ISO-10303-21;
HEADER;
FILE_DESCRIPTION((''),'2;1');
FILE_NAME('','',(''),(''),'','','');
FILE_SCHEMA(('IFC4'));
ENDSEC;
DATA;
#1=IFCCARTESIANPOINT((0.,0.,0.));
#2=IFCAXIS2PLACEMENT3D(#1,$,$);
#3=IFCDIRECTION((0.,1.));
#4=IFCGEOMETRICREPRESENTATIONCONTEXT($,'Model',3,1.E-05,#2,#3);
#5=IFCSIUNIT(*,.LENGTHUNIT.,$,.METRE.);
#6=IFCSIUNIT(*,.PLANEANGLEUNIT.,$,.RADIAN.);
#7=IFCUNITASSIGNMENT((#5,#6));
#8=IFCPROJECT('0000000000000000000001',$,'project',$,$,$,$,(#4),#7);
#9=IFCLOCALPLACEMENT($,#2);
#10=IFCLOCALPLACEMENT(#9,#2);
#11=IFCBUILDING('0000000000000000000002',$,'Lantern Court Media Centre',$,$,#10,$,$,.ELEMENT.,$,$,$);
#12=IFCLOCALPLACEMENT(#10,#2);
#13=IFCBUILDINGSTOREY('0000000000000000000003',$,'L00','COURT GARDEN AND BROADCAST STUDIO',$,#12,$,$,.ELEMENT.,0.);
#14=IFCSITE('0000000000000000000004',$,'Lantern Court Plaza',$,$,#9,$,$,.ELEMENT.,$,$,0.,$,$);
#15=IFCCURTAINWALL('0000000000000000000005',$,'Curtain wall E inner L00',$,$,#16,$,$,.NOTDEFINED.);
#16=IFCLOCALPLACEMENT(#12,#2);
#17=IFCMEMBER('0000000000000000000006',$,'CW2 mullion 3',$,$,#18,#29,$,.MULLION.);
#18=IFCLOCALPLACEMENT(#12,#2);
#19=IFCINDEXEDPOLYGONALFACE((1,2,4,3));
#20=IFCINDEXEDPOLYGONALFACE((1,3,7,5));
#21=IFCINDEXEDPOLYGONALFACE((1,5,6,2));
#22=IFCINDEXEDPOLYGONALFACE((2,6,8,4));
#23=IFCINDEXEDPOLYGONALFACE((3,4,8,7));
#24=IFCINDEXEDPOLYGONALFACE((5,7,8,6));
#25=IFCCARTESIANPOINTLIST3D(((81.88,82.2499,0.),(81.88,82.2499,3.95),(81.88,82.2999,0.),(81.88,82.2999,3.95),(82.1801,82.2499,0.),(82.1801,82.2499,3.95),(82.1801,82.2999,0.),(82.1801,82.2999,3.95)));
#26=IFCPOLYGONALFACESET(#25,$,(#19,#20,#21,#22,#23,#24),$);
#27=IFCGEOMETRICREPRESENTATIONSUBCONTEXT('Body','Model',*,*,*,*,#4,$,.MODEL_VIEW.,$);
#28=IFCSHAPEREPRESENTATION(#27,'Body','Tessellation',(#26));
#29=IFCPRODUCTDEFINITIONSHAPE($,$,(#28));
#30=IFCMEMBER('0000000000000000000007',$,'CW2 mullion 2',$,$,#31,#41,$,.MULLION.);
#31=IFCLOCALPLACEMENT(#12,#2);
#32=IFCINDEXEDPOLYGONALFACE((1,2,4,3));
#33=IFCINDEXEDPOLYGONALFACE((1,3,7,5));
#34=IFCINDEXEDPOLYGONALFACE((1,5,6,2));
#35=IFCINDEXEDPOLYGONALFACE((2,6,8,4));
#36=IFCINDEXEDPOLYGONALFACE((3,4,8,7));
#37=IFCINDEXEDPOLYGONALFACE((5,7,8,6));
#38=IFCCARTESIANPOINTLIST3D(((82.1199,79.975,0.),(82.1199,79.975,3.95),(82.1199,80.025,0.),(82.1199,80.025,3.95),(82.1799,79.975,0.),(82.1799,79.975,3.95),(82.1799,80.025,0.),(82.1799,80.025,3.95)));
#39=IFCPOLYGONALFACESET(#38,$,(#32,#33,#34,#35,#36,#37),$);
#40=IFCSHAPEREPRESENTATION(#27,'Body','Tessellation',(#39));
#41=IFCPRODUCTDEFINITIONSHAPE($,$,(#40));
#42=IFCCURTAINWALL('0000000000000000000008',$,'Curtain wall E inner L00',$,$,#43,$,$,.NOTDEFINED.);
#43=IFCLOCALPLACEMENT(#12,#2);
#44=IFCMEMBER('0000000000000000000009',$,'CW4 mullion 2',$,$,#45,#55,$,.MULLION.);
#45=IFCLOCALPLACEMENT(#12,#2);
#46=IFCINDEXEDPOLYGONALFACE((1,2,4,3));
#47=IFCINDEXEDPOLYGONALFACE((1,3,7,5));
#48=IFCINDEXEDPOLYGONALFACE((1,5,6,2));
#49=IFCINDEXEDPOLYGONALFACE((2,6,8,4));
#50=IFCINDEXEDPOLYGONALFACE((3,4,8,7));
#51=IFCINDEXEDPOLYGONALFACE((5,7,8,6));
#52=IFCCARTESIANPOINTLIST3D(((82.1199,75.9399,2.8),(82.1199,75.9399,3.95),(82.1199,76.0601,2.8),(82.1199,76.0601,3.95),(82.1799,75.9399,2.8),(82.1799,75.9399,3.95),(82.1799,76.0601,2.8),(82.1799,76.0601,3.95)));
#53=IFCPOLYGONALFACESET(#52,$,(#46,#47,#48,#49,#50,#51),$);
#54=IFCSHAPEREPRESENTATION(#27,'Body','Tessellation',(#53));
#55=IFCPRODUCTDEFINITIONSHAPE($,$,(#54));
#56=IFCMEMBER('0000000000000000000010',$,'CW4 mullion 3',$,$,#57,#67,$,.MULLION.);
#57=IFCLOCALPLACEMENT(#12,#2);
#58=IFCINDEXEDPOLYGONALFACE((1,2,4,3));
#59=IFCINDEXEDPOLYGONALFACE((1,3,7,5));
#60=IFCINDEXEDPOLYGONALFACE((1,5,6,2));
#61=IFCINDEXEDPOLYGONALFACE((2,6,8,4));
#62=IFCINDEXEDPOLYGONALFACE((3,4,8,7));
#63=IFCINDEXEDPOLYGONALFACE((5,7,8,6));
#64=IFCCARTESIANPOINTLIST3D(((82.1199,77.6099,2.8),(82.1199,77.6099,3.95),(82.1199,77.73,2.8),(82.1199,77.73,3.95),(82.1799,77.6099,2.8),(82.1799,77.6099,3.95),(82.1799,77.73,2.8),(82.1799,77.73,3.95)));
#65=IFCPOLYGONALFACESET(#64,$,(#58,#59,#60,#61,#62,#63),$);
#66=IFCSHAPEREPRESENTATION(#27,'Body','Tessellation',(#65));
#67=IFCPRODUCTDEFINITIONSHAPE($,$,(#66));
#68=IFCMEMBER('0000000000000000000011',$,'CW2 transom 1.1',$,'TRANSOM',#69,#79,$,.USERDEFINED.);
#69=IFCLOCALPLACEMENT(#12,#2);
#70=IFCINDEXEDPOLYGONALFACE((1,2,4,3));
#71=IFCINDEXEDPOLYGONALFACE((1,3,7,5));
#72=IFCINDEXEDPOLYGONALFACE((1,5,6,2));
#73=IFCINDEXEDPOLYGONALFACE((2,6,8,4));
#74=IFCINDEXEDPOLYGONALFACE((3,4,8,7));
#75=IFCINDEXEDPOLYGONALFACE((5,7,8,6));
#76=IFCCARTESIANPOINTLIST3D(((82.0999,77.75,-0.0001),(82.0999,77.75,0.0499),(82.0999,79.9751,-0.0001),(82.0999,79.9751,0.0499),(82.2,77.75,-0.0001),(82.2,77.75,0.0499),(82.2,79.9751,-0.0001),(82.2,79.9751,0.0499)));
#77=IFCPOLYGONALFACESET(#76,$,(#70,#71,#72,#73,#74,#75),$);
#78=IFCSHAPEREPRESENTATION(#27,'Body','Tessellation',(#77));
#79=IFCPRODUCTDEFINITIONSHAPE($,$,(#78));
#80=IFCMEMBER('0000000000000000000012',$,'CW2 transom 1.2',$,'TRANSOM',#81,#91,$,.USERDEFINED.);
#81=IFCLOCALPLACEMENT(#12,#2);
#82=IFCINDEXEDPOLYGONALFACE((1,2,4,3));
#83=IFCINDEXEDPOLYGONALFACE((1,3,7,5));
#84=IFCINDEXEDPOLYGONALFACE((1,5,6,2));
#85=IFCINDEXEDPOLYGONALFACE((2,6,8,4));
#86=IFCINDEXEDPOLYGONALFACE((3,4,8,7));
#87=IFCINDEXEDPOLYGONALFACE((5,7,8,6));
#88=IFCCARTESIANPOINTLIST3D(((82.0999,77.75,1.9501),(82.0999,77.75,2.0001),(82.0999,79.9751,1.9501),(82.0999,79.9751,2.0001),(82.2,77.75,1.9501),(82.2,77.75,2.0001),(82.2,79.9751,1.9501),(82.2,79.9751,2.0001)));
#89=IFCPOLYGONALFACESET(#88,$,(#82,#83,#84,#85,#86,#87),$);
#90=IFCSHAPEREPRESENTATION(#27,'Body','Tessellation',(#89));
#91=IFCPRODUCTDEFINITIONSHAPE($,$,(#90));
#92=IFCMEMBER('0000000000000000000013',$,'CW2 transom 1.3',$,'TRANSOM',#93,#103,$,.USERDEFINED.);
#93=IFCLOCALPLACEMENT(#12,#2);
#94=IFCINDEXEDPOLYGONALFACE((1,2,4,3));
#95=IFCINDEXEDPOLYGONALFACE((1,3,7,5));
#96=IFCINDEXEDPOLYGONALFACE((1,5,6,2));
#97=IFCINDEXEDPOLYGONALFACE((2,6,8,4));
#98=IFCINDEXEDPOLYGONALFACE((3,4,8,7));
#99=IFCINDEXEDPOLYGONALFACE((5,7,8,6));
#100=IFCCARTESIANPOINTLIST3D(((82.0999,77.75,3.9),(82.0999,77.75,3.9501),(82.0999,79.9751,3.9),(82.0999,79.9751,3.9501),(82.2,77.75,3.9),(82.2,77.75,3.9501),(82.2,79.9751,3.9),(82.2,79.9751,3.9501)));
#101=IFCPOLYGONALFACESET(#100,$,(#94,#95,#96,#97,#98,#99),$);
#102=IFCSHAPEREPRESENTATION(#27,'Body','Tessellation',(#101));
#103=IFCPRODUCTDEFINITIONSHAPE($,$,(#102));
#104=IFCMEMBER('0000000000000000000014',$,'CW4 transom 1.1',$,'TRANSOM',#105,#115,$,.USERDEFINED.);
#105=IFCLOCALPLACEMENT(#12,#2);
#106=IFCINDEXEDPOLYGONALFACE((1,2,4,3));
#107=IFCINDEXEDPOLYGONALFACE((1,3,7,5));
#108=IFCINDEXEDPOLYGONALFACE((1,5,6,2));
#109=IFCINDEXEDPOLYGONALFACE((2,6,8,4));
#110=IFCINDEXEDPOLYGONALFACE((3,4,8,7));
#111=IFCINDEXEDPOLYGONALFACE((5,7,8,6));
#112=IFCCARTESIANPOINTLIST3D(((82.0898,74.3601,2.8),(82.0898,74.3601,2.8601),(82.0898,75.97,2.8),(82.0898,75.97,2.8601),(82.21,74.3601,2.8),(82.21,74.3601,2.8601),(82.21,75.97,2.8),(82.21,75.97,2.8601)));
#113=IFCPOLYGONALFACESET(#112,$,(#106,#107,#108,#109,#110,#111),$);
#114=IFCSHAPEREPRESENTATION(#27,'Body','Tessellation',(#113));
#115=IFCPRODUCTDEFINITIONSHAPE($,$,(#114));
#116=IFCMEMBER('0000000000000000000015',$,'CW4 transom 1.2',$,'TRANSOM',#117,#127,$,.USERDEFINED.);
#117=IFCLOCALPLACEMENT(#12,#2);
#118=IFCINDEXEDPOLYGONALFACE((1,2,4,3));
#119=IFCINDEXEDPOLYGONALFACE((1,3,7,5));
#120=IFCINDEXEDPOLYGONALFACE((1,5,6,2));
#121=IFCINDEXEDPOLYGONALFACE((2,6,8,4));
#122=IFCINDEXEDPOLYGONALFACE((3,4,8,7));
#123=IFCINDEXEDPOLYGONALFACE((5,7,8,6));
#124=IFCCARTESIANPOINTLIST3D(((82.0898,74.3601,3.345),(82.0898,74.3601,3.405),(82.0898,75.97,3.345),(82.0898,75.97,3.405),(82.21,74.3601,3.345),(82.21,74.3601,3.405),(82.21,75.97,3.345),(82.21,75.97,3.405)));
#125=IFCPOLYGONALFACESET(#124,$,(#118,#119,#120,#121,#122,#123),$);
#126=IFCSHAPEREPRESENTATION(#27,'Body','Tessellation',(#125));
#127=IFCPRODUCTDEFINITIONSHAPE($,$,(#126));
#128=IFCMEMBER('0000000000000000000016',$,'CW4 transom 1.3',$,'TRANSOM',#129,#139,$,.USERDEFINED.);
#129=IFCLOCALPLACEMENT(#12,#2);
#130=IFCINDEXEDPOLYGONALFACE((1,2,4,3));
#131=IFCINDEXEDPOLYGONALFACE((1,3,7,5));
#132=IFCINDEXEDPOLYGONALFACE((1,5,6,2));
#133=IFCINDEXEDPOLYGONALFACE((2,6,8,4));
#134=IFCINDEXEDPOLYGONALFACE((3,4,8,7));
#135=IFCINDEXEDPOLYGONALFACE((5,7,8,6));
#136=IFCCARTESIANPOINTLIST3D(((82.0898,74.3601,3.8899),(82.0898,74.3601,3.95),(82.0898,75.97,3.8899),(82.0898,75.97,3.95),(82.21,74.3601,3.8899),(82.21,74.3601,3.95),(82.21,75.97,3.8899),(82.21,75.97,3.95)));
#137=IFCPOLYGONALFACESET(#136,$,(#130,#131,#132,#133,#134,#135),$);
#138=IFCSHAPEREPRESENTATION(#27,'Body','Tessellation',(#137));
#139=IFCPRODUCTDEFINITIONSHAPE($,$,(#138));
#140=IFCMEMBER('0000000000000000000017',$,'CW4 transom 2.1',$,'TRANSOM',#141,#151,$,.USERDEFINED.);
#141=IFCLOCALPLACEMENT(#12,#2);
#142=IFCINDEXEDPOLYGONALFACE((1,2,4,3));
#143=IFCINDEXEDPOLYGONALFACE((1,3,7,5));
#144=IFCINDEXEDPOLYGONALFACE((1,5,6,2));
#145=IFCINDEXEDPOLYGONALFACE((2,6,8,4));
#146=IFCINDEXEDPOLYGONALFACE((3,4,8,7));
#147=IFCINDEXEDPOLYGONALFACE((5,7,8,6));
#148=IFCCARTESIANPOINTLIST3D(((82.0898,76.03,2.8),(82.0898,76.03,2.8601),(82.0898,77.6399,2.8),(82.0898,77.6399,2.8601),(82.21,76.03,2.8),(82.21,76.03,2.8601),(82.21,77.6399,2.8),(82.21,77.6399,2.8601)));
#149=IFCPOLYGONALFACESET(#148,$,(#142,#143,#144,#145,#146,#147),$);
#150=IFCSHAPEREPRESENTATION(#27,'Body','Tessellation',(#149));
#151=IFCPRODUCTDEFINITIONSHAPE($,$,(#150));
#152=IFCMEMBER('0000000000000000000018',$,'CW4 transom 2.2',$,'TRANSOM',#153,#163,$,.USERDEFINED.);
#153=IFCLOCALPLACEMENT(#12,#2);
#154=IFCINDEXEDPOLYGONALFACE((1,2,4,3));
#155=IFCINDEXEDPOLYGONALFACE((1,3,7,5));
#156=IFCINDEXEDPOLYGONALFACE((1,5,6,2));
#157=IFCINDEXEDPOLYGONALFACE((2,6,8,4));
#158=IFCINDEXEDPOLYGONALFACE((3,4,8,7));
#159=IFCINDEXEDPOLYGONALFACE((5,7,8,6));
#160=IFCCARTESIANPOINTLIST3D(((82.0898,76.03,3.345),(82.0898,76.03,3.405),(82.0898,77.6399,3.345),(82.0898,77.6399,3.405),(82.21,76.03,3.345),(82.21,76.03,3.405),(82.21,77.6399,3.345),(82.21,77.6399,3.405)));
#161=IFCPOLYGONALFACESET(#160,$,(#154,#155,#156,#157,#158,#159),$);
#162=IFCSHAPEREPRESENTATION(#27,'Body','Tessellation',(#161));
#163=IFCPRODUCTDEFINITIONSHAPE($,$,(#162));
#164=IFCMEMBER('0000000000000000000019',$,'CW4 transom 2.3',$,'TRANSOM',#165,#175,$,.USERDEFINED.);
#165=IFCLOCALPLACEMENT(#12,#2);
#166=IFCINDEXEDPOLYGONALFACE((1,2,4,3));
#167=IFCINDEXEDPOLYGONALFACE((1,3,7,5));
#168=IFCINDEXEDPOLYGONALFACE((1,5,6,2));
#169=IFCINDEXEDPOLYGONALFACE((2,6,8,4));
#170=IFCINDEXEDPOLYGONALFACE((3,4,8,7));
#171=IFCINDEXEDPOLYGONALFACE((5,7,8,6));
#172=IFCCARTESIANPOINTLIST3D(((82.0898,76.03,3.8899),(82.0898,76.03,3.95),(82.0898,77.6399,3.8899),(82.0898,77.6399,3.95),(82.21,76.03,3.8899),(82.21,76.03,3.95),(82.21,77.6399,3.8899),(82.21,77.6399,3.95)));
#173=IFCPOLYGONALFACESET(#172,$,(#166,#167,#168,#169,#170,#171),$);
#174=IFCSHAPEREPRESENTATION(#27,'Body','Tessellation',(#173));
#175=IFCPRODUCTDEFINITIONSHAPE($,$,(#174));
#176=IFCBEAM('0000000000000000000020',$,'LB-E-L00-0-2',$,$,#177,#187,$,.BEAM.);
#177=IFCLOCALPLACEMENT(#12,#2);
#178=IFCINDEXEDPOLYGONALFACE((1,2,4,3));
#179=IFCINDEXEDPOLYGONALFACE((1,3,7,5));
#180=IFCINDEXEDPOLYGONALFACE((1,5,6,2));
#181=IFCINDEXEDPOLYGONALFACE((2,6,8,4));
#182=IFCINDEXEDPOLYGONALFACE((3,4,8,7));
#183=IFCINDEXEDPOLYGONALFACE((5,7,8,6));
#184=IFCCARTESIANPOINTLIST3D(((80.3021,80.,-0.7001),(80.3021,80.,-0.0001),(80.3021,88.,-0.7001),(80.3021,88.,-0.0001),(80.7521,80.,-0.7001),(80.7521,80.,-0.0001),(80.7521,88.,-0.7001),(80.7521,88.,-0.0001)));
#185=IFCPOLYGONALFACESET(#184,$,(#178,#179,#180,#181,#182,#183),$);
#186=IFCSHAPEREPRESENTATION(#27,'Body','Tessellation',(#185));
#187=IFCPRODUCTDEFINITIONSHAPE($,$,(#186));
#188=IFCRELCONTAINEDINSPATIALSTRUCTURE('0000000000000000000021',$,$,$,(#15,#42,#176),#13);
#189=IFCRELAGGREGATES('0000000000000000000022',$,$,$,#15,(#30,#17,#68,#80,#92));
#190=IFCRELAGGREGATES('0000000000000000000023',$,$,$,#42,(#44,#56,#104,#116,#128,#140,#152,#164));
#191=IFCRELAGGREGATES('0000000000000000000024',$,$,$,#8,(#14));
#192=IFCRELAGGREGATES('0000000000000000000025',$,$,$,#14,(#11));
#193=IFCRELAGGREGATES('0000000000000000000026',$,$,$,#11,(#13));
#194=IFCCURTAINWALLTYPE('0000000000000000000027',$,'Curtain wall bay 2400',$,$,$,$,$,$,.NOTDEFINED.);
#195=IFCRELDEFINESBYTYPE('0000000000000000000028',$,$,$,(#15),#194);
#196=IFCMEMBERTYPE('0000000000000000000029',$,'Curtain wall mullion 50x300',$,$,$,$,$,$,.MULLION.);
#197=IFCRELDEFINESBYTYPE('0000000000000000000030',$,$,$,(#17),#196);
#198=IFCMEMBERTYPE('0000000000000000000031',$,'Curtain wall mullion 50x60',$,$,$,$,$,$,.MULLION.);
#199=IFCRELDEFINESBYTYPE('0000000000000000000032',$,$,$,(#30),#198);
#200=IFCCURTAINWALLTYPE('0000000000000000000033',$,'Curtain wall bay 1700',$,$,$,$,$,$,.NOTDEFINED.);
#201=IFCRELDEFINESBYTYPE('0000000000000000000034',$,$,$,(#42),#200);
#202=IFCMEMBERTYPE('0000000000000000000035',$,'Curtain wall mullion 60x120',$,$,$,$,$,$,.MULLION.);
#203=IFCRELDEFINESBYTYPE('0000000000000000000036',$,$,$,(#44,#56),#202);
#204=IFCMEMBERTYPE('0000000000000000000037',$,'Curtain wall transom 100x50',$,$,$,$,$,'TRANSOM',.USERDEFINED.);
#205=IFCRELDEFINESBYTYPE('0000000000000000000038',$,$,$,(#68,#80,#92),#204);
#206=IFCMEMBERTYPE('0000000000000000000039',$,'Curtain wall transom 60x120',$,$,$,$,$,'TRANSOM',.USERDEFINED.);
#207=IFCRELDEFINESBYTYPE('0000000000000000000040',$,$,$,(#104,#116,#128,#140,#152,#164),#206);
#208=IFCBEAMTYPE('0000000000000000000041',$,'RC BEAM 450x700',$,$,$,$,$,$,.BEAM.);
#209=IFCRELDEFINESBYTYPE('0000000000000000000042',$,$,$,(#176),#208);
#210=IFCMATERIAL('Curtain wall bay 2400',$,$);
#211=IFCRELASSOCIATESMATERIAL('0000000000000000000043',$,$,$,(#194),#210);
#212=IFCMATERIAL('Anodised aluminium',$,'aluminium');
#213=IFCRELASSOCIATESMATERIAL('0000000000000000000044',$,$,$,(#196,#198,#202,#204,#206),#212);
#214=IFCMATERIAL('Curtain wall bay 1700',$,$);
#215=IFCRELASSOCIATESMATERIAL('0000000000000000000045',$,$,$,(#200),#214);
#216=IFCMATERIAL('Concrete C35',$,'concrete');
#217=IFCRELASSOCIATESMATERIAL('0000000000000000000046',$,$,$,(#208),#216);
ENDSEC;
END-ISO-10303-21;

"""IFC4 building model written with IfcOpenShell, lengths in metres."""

from ifc_helpers import new_model, si_unit, direction, frame, origin, origin_2d, place, context, subcontext, project, spatial, rectangle, extrude, material, material_profile, profile_set, type_object, element, aggregate, save


model = new_model("IFC4")

# Units and contexts
model_context = context("Model", 3, precision=1e-05, world=origin(), true_north=direction((0.0, 1.0)))
body_context = subcontext(model_context, "Body", "Model", "MODEL_VIEW")
ifc_project = project(units=[si_unit("LENGTHUNIT", "METRE"), si_unit("PLANEANGLEUNIT", "RADIAN")], contexts=[model_context])

# Site, building, storey
site_placement = place(None, origin())
site = spatial("IfcSite", under=ifc_project, at=site_placement, Name="Lantern Court Plaza", CompositionType="ELEMENT", RefElevation=0.0)
building_placement = place(site_placement, origin())
building = spatial("IfcBuilding", under=site, at=building_placement, Name="Lantern Court Media Centre", CompositionType="ELEMENT")
storey_placement = place(building_placement, origin())
storey = spatial("IfcBuildingStorey", under=building, at=storey_placement, Name="L00", Description="COURT GARDEN AND BROADCAST STUDIO", CompositionType="ELEMENT", Elevation=0.0)

# Shared definitions
ifc_material_1 = material(Name="Concrete C35", Category="concrete")

# Curtain walls, members
ifc_material_2 = material(Name="Curtain wall bay 2400")
curtain_wall_type_1 = type_object("IfcCurtainWallType", Name="Curtain wall bay 2400", PredefinedType="NOTDEFINED", material=ifc_material_2)
curtain_wall_1_placement = place(storey_placement, origin())
curtain_wall_1 = element("IfcCurtainWall", 1, at=curtain_wall_1_placement, inside=storey, type_object=curtain_wall_type_1, Name="Curtain wall E inner L00", PredefinedType="NOTDEFINED")
ifc_material_3 = material(Name="Anodised aluminium", Category="aluminium")
ifc_material_profile_1 = material_profile(ifc_material_3, rectangle(XDim=0.3, YDim=0.05, at=origin_2d()), Name="AL 50x300")
ifc_profile_set_1 = profile_set([ifc_material_profile_1], Name="Anodised aluminium")
member_type_1 = type_object("IfcMemberType", Name="Curtain wall mullion 50x300", PredefinedType="MULLION", material=ifc_profile_set_1)
member_1_placement = place(storey_placement, frame((82.03, 82.2749, 0.0), z_axis=(0.0, 0.0, 1.0), x_axis=(-1.0, 0.0, 0.0)))
member_1 = element("IfcMember", 2, at=member_1_placement, type_object=member_type_1, Name="CW2 mullion 3", PredefinedType="MULLION", context=body_context, shape_type="SweptSolid", body=[
    extrude(rectangle(XDim=0.3, YDim=0.05, at=origin_2d()), origin(), (0.0, 0.0, 1.0), 3.95),
])
ifc_material_profile_2 = material_profile(ifc_material_3, rectangle(XDim=0.0601, YDim=0.05, at=origin_2d()), Name="AL 50x60")
ifc_profile_set_2 = profile_set([ifc_material_profile_2], Name="Anodised aluminium")
member_type_2 = type_object("IfcMemberType", Name="Curtain wall mullion 50x60", PredefinedType="MULLION", material=ifc_profile_set_2)
member_2_placement = place(storey_placement, frame((82.1499, 80.0, 0.0), z_axis=(0.0, 0.0, 1.0), x_axis=(-1.0, 0.0, 0.0)))
member_2 = element("IfcMember", 3, at=member_2_placement, type_object=member_type_2, Name="CW2 mullion 2", PredefinedType="MULLION", context=body_context, shape_type="SweptSolid", body=[
    extrude(rectangle(XDim=0.0601, YDim=0.05, at=origin_2d()), origin(), (0.0, 0.0, 1.0), 3.95),
])
ifc_material_4 = material(Name="Curtain wall bay 1700")
curtain_wall_type_2 = type_object("IfcCurtainWallType", Name="Curtain wall bay 1700", PredefinedType="NOTDEFINED", material=ifc_material_4)
curtain_wall_2_placement = place(storey_placement, origin())
curtain_wall_2 = element("IfcCurtainWall", 4, at=curtain_wall_2_placement, inside=storey, type_object=curtain_wall_type_2, Name="Curtain wall E inner L00", PredefinedType="NOTDEFINED")
ifc_material_profile_3 = material_profile(ifc_material_3, rectangle(XDim=0.0601, YDim=0.1201, at=origin_2d()), Name="AL 60x120")
ifc_profile_set_3 = profile_set([ifc_material_profile_3], Name="Anodised aluminium")
member_type_3 = type_object("IfcMemberType", Name="Curtain wall mullion 60x120", PredefinedType="MULLION", material=ifc_profile_set_3)
member_3_placement = place(storey_placement, frame((82.1499, 76.0, 2.8), z_axis=(0.0, 0.0, 1.0), x_axis=(-1.0, 0.0, 0.0)))
member_3 = element("IfcMember", 5, at=member_3_placement, type_object=member_type_3, Name="CW4 mullion 2", PredefinedType="MULLION", context=body_context, shape_type="SweptSolid", body=[
    extrude(rectangle(XDim=0.0601, YDim=0.1201, at=origin_2d()), origin(), (0.0, 0.0, 1.0), 1.1499),
])
member_4_placement = place(storey_placement, frame((82.1499, 77.6699, 2.8), z_axis=(0.0, 0.0, 1.0), x_axis=(-1.0, 0.0, 0.0)))
member_4 = element("IfcMember", 6, at=member_4_placement, type_object=member_type_3, Name="CW4 mullion 3", PredefinedType="MULLION", context=body_context, shape_type="SweptSolid", body=[
    extrude(rectangle(XDim=0.0601, YDim=0.1201, at=origin_2d()), origin(), (0.0, 0.0, 1.0), 1.1499),
])

# Members
ifc_material_profile_4 = material_profile(ifc_material_3, rectangle(XDim=0.1001, YDim=0.05, at=origin_2d()), Name="AL 50x100")
ifc_profile_set_4 = profile_set([ifc_material_profile_4], Name="Anodised aluminium")
member_type_4 = type_object("IfcMemberType", Name="Curtain wall transom 100x50", ElementType="TRANSOM", PredefinedType="USERDEFINED", material=ifc_profile_set_4)
member_5_placement = place(storey_placement, frame((82.1499, 77.75, 0.0249), z_axis=(0.0, 1.0, 0.0), x_axis=(-1.0, 0.0, 0.0)))
member_5 = element("IfcMember", 7, at=member_5_placement, type_object=member_type_4, Name="CW2 transom 1.1", ObjectType="TRANSOM", PredefinedType="USERDEFINED", context=body_context, shape_type="SweptSolid", body=[
    extrude(rectangle(XDim=0.1001, YDim=0.05, at=origin_2d()), origin(), (0.0, 0.0, 1.0), 2.2251),
])
member_6_placement = place(storey_placement, frame((82.1499, 77.75, 1.9751), z_axis=(0.0, 1.0, 0.0), x_axis=(-1.0, 0.0, 0.0)))
member_6 = element("IfcMember", 8, at=member_6_placement, type_object=member_type_4, Name="CW2 transom 1.2", ObjectType="TRANSOM", PredefinedType="USERDEFINED", context=body_context, shape_type="SweptSolid", body=[
    extrude(rectangle(XDim=0.1001, YDim=0.05, at=origin_2d()), origin(), (0.0, 0.0, 1.0), 2.2251),
])
member_7_placement = place(storey_placement, frame((82.1499, 77.75, 3.925), z_axis=(0.0, 1.0, 0.0), x_axis=(-1.0, 0.0, 0.0)))
member_7 = element("IfcMember", 9, at=member_7_placement, type_object=member_type_4, Name="CW2 transom 1.3", ObjectType="TRANSOM", PredefinedType="USERDEFINED", context=body_context, shape_type="SweptSolid", body=[
    extrude(rectangle(XDim=0.1001, YDim=0.05, at=origin_2d()), origin(), (0.0, 0.0, 1.0), 2.2251),
])
ifc_material_profile_5 = material_profile(ifc_material_3, rectangle(XDim=0.1201, YDim=0.0601, at=origin_2d()), Name="AL 60x120")
ifc_profile_set_5 = profile_set([ifc_material_profile_5], Name="Anodised aluminium")
member_type_5 = type_object("IfcMemberType", Name="Curtain wall transom 60x120", ElementType="TRANSOM", PredefinedType="USERDEFINED", material=ifc_profile_set_5)
member_8_placement = place(storey_placement, frame((82.1499, 74.3601, 2.8301), z_axis=(0.0, 1.0, 0.0), x_axis=(-1.0, 0.0, 0.0)))
member_8 = element("IfcMember", 10, at=member_8_placement, type_object=member_type_5, Name="CW4 transom 1.1", ObjectType="TRANSOM", PredefinedType="USERDEFINED", context=body_context, shape_type="SweptSolid", body=[
    extrude(rectangle(XDim=0.1201, YDim=0.0601, at=origin_2d()), origin(), (0.0, 0.0, 1.0), 1.6099),
])
member_9_placement = place(storey_placement, frame((82.1499, 74.3601, 3.375), z_axis=(0.0, 1.0, 0.0), x_axis=(-1.0, 0.0, 0.0)))
member_9 = element("IfcMember", 11, at=member_9_placement, type_object=member_type_5, Name="CW4 transom 1.2", ObjectType="TRANSOM", PredefinedType="USERDEFINED", context=body_context, shape_type="SweptSolid", body=[
    extrude(rectangle(XDim=0.1201, YDim=0.0601, at=origin_2d()), origin(), (0.0, 0.0, 1.0), 1.6099),
])
member_10_placement = place(storey_placement, frame((82.1499, 74.3601, 3.9199), z_axis=(0.0, 1.0, 0.0), x_axis=(-1.0, 0.0, 0.0)))
member_10 = element("IfcMember", 12, at=member_10_placement, type_object=member_type_5, Name="CW4 transom 1.3", ObjectType="TRANSOM", PredefinedType="USERDEFINED", context=body_context, shape_type="SweptSolid", body=[
    extrude(rectangle(XDim=0.1201, YDim=0.0601, at=origin_2d()), origin(), (0.0, 0.0, 1.0), 1.6099),
])
member_11_placement = place(storey_placement, frame((82.1499, 76.03, 2.8301), z_axis=(0.0, 1.0, 0.0), x_axis=(-1.0, 0.0, 0.0)))
member_11 = element("IfcMember", 13, at=member_11_placement, type_object=member_type_5, Name="CW4 transom 2.1", ObjectType="TRANSOM", PredefinedType="USERDEFINED", context=body_context, shape_type="SweptSolid", body=[
    extrude(rectangle(XDim=0.1201, YDim=0.0601, at=origin_2d()), origin(), (0.0, 0.0, 1.0), 1.6099),
])
member_12_placement = place(storey_placement, frame((82.1499, 76.03, 3.375), z_axis=(0.0, 1.0, 0.0), x_axis=(-1.0, 0.0, 0.0)))
member_12 = element("IfcMember", 14, at=member_12_placement, type_object=member_type_5, Name="CW4 transom 2.2", ObjectType="TRANSOM", PredefinedType="USERDEFINED", context=body_context, shape_type="SweptSolid", body=[
    extrude(rectangle(XDim=0.1201, YDim=0.0601, at=origin_2d()), origin(), (0.0, 0.0, 1.0), 1.6099),
])
member_13_placement = place(storey_placement, frame((82.1499, 76.03, 3.9199), z_axis=(0.0, 1.0, 0.0), x_axis=(-1.0, 0.0, 0.0)))
member_13 = element("IfcMember", 15, at=member_13_placement, type_object=member_type_5, Name="CW4 transom 2.3", ObjectType="TRANSOM", PredefinedType="USERDEFINED", context=body_context, shape_type="SweptSolid", body=[
    extrude(rectangle(XDim=0.1201, YDim=0.0601, at=origin_2d()), origin(), (0.0, 0.0, 1.0), 1.6099),
])

# Beam
ifc_material_profile_6 = material_profile(ifc_material_1, rectangle(XDim=0.45, YDim=0.7, at=origin_2d()), Name="RC 450x700")
ifc_profile_set_6 = profile_set([ifc_material_profile_6], Name="Concrete C35")
beam_type_1 = type_object("IfcBeamType", Name="RC BEAM 450x700", PredefinedType="BEAM", material=ifc_profile_set_6)
beam_1_placement = place(storey_placement, frame((80.5271, 80.0, -0.3501), z_axis=(0.0, 1.0, 0.0), x_axis=(-1.0, 0.0, 0.0)))
element("IfcBeam", 16, at=beam_1_placement, inside=storey, type_object=beam_type_1, Name="LB-E-L00-0-2", PredefinedType="BEAM", context=body_context, shape_type="SweptSolid", body=[
    extrude(rectangle(XDim=0.45, YDim=0.7, at=origin_2d()), origin(), (0.0, 0.0, 1.0), 8.0),
])

aggregate(curtain_wall_1, [member_2, member_1, member_5, member_6, member_7])
aggregate(curtain_wall_2, [member_3, member_4, member_8, member_9, member_10, member_11, member_12, member_13])

save(model, "model.ifc")
